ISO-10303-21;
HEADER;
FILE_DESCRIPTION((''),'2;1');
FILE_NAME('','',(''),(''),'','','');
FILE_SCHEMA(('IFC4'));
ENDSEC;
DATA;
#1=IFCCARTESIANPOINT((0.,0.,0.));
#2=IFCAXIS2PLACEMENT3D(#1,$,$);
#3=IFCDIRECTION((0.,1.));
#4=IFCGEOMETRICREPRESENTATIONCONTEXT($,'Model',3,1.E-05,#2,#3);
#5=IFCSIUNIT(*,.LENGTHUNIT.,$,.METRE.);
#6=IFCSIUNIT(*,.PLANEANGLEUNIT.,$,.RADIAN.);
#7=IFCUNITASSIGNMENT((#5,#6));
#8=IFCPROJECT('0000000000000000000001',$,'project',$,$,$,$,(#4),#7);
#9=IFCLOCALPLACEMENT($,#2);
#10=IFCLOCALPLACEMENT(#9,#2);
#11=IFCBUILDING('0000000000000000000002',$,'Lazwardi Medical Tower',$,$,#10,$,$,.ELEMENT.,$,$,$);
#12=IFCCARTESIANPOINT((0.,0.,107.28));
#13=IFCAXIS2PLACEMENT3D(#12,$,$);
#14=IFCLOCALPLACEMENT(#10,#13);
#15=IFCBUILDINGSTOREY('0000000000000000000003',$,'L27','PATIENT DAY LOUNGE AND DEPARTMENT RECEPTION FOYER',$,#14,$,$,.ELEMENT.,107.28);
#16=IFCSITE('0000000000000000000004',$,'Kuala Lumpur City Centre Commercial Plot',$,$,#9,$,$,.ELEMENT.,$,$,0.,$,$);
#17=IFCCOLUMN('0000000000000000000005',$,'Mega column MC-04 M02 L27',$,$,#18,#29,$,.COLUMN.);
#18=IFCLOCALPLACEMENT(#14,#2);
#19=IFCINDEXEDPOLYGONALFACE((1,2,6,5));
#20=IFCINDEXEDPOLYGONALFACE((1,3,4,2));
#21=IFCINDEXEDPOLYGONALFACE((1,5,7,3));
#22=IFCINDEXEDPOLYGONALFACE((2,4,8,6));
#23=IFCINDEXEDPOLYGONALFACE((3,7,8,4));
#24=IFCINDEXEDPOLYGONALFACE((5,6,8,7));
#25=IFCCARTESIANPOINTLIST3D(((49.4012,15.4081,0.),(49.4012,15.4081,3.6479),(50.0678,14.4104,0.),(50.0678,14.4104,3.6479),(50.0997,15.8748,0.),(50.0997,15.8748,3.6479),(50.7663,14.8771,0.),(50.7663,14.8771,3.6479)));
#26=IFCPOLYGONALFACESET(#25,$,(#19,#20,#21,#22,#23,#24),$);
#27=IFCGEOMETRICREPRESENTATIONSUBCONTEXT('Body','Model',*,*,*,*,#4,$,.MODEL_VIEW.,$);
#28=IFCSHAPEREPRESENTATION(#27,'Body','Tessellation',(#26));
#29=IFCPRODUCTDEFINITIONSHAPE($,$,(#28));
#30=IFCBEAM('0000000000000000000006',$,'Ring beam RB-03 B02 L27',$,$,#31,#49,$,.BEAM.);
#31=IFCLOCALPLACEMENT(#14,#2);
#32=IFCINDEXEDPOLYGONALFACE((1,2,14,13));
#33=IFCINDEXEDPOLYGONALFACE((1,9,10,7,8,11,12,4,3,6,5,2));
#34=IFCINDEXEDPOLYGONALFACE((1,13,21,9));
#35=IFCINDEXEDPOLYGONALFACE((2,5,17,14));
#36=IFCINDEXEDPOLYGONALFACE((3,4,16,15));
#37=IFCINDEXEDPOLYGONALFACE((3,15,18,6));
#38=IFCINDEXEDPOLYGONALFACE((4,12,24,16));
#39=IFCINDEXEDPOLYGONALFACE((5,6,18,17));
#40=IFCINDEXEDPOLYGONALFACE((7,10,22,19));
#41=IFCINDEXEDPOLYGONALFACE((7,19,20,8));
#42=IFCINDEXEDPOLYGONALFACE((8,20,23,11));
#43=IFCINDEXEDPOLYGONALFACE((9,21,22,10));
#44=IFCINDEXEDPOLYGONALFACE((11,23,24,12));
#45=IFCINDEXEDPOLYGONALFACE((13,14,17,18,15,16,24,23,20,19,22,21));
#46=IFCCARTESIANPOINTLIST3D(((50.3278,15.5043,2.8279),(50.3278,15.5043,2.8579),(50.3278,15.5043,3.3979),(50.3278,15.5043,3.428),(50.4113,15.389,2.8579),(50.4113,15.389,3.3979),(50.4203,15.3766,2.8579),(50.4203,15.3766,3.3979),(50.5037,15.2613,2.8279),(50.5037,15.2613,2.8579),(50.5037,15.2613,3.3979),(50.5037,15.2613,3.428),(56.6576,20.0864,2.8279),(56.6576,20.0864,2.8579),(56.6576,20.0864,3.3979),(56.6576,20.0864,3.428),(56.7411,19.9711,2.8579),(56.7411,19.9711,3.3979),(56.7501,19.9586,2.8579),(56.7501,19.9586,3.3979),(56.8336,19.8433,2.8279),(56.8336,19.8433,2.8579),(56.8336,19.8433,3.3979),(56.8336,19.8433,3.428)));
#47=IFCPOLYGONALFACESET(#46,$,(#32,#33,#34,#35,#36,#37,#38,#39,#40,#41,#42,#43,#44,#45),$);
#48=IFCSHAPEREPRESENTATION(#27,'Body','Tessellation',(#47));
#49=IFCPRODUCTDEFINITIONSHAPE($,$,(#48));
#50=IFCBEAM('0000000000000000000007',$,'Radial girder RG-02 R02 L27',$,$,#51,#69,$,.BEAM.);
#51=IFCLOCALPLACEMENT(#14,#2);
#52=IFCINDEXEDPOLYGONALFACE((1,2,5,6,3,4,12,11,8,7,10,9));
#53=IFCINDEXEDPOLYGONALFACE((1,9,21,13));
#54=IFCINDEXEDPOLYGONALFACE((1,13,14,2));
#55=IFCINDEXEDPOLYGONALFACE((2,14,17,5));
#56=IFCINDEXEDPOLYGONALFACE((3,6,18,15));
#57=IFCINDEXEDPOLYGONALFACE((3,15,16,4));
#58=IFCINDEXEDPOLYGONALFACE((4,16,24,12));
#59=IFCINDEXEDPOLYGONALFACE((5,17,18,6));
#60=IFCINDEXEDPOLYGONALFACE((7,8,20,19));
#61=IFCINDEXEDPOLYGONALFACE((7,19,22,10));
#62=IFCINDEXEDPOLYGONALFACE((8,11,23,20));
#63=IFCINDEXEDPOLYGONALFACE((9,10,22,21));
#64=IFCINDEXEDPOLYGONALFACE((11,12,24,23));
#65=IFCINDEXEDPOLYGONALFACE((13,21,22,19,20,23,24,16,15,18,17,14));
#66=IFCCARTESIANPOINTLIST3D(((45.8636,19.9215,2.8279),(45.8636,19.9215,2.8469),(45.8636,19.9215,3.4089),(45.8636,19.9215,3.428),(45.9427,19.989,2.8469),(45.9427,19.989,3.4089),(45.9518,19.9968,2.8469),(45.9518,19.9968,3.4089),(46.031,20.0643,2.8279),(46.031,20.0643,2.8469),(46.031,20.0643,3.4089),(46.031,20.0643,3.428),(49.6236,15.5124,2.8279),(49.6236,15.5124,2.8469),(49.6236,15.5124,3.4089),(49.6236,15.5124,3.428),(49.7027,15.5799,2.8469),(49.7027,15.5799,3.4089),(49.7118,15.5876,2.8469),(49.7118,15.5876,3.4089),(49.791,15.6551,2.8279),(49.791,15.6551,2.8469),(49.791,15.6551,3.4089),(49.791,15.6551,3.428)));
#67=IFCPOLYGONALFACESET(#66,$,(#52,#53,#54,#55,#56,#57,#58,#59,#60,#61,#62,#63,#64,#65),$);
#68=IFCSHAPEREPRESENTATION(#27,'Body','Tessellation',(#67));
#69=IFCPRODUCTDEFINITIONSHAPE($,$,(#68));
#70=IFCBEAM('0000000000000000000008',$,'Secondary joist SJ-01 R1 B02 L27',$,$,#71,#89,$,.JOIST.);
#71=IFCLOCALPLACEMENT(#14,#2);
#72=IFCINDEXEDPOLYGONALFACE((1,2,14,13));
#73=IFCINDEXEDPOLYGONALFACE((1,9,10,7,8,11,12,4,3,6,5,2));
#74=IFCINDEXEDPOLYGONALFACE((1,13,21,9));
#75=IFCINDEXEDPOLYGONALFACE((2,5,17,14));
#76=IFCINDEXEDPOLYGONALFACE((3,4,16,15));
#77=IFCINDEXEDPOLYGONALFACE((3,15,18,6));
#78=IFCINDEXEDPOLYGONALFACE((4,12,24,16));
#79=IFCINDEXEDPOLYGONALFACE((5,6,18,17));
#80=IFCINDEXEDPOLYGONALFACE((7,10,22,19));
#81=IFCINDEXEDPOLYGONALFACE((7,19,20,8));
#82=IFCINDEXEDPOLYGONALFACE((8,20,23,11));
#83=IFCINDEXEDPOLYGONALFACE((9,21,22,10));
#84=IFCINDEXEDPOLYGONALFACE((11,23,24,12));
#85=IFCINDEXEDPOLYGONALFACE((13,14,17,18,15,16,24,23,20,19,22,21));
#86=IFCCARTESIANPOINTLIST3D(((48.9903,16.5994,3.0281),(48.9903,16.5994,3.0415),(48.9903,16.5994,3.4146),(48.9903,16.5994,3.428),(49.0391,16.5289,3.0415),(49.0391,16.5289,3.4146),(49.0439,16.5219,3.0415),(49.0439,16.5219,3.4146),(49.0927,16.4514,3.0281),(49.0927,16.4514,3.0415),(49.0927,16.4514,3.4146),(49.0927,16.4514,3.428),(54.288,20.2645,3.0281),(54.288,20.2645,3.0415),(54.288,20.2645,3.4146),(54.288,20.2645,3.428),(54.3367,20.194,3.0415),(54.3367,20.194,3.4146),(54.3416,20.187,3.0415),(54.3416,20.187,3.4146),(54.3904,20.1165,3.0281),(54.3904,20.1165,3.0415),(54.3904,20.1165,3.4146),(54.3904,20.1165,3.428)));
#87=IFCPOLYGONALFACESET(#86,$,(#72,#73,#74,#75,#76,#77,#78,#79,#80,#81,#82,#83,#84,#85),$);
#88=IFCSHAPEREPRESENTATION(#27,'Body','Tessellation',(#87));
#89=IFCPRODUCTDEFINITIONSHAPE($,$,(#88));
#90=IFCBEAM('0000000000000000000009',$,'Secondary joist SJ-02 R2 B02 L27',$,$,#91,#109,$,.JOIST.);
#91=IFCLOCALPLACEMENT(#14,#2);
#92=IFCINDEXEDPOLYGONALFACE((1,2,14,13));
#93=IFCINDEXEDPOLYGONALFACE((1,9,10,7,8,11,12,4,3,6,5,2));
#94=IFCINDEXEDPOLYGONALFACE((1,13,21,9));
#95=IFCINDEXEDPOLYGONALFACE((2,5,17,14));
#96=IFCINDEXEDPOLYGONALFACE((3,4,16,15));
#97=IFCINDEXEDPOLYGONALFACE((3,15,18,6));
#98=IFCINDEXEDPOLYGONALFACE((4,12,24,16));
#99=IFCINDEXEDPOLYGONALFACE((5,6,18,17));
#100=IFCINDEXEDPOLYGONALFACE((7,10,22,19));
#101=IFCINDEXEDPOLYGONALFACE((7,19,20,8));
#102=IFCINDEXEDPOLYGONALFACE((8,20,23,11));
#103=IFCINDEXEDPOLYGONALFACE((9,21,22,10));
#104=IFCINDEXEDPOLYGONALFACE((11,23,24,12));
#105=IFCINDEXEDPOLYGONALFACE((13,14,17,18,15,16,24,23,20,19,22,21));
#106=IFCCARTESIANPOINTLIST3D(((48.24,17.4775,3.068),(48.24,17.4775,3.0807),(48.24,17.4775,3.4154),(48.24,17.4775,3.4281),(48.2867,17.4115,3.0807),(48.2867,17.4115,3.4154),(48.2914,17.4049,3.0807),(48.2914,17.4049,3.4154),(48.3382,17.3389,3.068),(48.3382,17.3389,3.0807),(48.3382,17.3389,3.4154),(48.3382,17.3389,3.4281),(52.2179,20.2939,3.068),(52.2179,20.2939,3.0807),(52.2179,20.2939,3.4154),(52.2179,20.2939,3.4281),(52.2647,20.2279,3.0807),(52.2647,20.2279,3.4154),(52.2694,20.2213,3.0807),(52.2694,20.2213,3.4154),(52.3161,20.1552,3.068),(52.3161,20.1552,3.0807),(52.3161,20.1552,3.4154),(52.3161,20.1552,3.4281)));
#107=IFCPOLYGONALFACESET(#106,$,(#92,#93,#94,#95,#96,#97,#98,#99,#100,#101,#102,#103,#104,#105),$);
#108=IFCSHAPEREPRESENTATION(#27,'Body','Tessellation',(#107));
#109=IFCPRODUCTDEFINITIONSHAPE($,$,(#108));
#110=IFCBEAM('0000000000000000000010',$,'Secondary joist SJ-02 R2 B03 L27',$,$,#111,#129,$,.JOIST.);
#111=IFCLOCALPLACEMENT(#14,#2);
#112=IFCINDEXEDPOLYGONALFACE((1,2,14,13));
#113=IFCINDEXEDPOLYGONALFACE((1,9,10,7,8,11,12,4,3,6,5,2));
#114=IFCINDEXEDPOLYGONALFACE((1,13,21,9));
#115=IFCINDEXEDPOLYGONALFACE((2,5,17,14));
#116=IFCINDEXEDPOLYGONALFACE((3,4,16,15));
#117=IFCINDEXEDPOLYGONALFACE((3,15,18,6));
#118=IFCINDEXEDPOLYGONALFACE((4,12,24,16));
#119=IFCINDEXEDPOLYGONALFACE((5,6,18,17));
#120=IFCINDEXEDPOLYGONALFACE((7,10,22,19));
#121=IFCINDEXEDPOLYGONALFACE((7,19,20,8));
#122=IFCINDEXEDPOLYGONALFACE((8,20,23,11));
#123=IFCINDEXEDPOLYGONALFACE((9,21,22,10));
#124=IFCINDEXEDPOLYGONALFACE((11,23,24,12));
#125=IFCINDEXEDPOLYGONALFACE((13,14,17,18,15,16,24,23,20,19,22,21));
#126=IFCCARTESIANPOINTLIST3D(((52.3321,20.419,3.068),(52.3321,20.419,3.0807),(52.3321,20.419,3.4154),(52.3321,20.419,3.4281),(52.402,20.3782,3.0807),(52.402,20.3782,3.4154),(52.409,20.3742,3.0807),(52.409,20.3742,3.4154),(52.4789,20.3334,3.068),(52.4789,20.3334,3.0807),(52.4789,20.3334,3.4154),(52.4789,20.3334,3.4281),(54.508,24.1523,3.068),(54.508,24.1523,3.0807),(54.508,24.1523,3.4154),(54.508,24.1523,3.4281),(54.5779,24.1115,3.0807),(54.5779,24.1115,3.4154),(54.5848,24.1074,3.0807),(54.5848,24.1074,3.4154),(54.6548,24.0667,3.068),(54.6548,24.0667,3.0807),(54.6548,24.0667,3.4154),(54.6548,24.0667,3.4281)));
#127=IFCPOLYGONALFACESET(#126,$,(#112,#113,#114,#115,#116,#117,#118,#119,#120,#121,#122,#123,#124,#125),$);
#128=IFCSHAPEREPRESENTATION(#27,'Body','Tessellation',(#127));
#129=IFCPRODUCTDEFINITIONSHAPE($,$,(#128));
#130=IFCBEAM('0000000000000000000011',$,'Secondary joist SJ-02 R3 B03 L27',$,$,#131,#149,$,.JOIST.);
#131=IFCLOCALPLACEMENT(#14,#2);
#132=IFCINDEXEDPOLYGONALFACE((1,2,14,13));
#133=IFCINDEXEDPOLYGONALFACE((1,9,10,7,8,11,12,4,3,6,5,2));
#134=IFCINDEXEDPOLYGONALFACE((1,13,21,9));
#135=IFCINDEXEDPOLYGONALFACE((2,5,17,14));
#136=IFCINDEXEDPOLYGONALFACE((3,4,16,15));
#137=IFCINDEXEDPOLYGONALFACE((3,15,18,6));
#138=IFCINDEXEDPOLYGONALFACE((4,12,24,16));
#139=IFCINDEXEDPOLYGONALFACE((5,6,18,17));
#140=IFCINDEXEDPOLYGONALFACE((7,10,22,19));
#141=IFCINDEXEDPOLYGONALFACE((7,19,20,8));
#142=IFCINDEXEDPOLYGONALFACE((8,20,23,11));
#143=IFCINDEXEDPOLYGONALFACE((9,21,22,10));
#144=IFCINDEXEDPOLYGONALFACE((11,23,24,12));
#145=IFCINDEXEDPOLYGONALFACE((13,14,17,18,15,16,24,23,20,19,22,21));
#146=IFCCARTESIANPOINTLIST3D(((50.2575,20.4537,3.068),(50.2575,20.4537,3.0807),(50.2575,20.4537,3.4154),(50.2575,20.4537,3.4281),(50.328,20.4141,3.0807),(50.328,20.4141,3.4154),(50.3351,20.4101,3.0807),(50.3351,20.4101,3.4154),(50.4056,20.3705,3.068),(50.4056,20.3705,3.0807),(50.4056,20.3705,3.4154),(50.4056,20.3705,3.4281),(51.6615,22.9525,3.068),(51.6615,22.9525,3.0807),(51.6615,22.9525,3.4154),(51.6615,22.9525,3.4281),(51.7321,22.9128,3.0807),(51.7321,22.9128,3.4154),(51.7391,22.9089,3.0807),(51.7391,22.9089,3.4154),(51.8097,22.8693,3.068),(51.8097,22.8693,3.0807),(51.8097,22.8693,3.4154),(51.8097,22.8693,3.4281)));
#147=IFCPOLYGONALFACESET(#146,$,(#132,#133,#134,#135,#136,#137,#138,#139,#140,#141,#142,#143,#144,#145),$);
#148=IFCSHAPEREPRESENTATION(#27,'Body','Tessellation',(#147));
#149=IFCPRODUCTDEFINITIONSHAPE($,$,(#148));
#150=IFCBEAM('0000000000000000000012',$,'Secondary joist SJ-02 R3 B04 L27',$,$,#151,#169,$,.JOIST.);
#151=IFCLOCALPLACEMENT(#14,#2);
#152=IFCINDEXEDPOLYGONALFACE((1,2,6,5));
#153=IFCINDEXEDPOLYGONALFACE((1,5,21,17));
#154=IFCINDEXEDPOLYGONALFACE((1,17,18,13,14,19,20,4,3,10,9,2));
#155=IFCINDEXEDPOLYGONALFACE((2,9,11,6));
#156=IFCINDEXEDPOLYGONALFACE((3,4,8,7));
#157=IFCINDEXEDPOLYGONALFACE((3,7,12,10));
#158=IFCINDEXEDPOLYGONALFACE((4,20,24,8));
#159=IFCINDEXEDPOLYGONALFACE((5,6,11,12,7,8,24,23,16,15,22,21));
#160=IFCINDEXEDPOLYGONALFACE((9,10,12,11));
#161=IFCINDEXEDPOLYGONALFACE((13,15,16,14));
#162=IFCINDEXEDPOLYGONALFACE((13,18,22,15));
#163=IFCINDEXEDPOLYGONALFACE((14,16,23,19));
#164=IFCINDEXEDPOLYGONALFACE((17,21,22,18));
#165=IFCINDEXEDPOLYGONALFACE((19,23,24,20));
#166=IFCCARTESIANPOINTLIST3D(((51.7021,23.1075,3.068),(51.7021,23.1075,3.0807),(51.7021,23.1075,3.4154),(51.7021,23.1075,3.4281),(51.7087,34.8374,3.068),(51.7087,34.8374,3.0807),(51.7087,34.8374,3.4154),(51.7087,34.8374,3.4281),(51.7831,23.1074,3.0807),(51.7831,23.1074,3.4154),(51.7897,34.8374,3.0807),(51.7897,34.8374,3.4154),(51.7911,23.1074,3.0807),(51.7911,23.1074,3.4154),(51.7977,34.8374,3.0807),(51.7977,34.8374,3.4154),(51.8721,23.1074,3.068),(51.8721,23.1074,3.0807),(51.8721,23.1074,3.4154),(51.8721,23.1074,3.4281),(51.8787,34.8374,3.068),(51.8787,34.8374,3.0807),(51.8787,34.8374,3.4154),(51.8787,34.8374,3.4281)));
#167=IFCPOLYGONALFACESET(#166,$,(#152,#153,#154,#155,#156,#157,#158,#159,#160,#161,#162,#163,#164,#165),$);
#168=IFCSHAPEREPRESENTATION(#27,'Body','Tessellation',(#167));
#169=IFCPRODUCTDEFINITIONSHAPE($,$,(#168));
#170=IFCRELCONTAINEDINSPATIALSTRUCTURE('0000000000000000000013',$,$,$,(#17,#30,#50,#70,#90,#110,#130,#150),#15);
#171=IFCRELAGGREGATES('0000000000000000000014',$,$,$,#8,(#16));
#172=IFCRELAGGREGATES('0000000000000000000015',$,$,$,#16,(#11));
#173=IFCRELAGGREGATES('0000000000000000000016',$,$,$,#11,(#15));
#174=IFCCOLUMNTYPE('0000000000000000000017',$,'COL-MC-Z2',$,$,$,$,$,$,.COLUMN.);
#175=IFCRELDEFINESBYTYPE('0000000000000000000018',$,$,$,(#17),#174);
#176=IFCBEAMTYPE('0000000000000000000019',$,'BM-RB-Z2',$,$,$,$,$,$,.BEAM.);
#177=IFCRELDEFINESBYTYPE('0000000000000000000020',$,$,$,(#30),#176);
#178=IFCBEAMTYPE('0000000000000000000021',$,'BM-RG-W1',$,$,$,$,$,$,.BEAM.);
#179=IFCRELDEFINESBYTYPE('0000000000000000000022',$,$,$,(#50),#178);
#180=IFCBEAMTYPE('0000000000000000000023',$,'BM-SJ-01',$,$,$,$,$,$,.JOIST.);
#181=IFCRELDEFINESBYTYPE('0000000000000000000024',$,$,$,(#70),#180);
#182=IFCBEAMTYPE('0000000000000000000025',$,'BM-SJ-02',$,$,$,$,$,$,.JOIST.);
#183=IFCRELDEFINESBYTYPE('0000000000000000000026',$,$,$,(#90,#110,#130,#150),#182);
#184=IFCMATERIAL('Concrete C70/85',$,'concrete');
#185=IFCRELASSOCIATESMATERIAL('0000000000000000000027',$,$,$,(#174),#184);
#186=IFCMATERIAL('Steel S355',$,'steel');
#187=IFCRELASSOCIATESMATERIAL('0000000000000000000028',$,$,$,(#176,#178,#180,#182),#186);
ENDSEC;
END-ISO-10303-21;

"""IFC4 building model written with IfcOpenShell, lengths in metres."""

from ifc_helpers import new_model, si_unit, direction, frame, origin, origin_2d, place, context, subcontext, project, spatial, rectangle, i_section, extrude, material, material_profile, profile_set, type_object, element, save


model = new_model("IFC4")

# Units and contexts
model_context = context("Model", 3, precision=1e-05, world=origin(), true_north=direction((0.0, 1.0)))
body_context = subcontext(model_context, "Body", "Model", "MODEL_VIEW")
ifc_project = project(units=[si_unit("LENGTHUNIT", "METRE"), si_unit("PLANEANGLEUNIT", "RADIAN")], contexts=[model_context])

# Site, building, storey
site_placement = place(None, origin())
site = spatial("IfcSite", under=ifc_project, at=site_placement, Name="Kuala Lumpur City Centre Commercial Plot", CompositionType="ELEMENT", RefElevation=0.0)
building_placement = place(site_placement, origin())
building = spatial("IfcBuilding", under=site, at=building_placement, Name="Lazwardi Medical Tower", CompositionType="ELEMENT")
storey_placement = place(building_placement, frame((0.0, 0.0, 107.28)))
storey = spatial("IfcBuildingStorey", under=building, at=storey_placement, Name="L27", Description="PATIENT DAY LOUNGE AND DEPARTMENT RECEPTION FOYER", CompositionType="ELEMENT", Elevation=107.28)

# Column
ifc_material_1 = material(Name="Concrete C70/85", Category="concrete")
ifc_material_profile_1 = material_profile(ifc_material_1, rectangle(XDim=1.2, YDim=0.8401, at=origin_2d()), Name="CFT-RECT 1200x840")
ifc_profile_set_1 = profile_set([ifc_material_profile_1], Name="Concrete C70/85")
column_type = type_object("IfcColumnType", Name="COL-MC-Z2", PredefinedType="COLUMN", material=ifc_profile_set_1)
column_placement = place(storey_placement, frame((50.0837, 15.1426, 0.0), z_axis=(0.0, 0.0, 1.0), x_axis=(0.55557, -0.83147, 0.0)))
element("IfcColumn", 1, at=column_placement, inside=storey, type_object=column_type, Name="Mega column MC-04 M02 L27", PredefinedType="COLUMN", context=body_context, shape_type="SweptSolid", body=[
    extrude(rectangle(XDim=1.2, YDim=0.8401, at=origin_2d()), origin(), (0.0, 0.0, 1.0), 3.6479),
])

# Beams
ifc_material_2 = material(Name="Steel S355", Category="steel")
ifc_material_profile_2 = material_profile(ifc_material_2, i_section(OverallWidth=0.3, OverallDepth=0.6001, WebThickness=0.0154, FlangeThickness=0.03, at=origin_2d()), Name="HEB 600")
ifc_profile_set_2 = profile_set([ifc_material_profile_2], Name="Steel S355")
beam_type_1 = type_object("IfcBeamType", Name="BM-RB-Z2", PredefinedType="BEAM", material=ifc_profile_set_2)
beam_1_placement = place(storey_placement, frame((50.4158, 15.3828, 3.1279), z_axis=(0.810042, 0.586372, 0.0), x_axis=(-0.586372, 0.810042, 0.0)))
element("IfcBeam", 2, at=beam_1_placement, inside=storey, type_object=beam_type_1, Name="Ring beam RB-03 B02 L27", PredefinedType="BEAM", context=body_context, shape_type="SweptSolid", body=[
    extrude(i_section(OverallWidth=0.3, OverallDepth=0.6001, WebThickness=0.0154, FlangeThickness=0.03, at=origin_2d()), origin(), (0.0, 0.0, 1.0), 7.8142),
])
ifc_material_profile_3 = material_profile(ifc_material_2, i_section(OverallWidth=0.22, OverallDepth=0.6001, WebThickness=0.012, FlangeThickness=0.019, at=origin_2d()), Name="IPE 600")
ifc_profile_set_3 = profile_set([ifc_material_profile_3], Name="Steel S355")
beam_type_2 = type_object("IfcBeamType", Name="BM-RG-W1", PredefinedType="BEAM", material=ifc_profile_set_3)
beam_2_placement = place(storey_placement, frame((49.7073, 15.5837, 3.1279), z_axis=(-0.648871, 0.760899, 0.0), x_axis=(-0.760899, -0.648871, 0.0)))
element("IfcBeam", 3, at=beam_2_placement, inside=storey, type_object=beam_type_2, Name="Radial girder RG-02 R02 L27", PredefinedType="BEAM", context=body_context, shape_type="SweptSolid", body=[
    extrude(i_section(OverallWidth=0.22, OverallDepth=0.6001, WebThickness=0.012, FlangeThickness=0.019, at=origin_2d()), origin(), (0.0, 0.0, 1.0), 5.7947),
])
ifc_material_profile_4 = material_profile(ifc_material_2, i_section(OverallWidth=0.1799, OverallDepth=0.3999, WebThickness=0.0085, FlangeThickness=0.0134, at=origin_2d()), Name="IPE 400")
ifc_profile_set_4 = profile_set([ifc_material_profile_4], Name="Steel S355")
beam_type_3 = type_object("IfcBeamType", Name="BM-SJ-01", PredefinedType="JOIST", material=ifc_profile_set_4)
beam_3_placement = place(storey_placement, frame((49.0415, 16.5254, 3.228), z_axis=(0.822376, 0.568944, 0.0), x_axis=(-0.568944, 0.822376, 0.0)))
element("IfcBeam", 4, at=beam_3_placement, inside=storey, type_object=beam_type_3, Name="Secondary joist SJ-01 R1 B02 L27", PredefinedType="JOIST", context=body_context, shape_type="SweptSolid", body=[
    extrude(i_section(OverallWidth=0.1799, OverallDepth=0.3999, WebThickness=0.0085, FlangeThickness=0.0134, at=origin_2d()), origin(), (0.0, 0.0, 1.0), 6.4419),
])
ifc_material_profile_5 = material_profile(ifc_material_2, i_section(OverallWidth=0.1699, OverallDepth=0.3601, WebThickness=0.0081, FlangeThickness=0.0127, at=origin_2d()), Name="IPE 360")
ifc_profile_set_5 = profile_set([ifc_material_profile_5], Name="Steel S355")
beam_type_4 = type_object("IfcBeamType", Name="BM-SJ-02", PredefinedType="JOIST", material=ifc_profile_set_5)
beam_4_placement = place(storey_placement, frame((48.2891, 17.4082, 3.248), z_axis=(0.816156, 0.577831, 0.0), x_axis=(-0.577831, 0.816156, 0.0)))
element("IfcBeam", 5, at=beam_4_placement, inside=storey, type_object=beam_type_4, Name="Secondary joist SJ-02 R2 B02 L27", PredefinedType="JOIST", context=body_context, shape_type="SweptSolid", body=[
    extrude(i_section(OverallWidth=0.1699, OverallDepth=0.3601, WebThickness=0.0081, FlangeThickness=0.0127, at=origin_2d()), origin(), (0.0, 0.0, 1.0), 4.874),
])
beam_5_placement = place(storey_placement, frame((52.4055, 20.3762, 3.248), z_axis=(0.503544, 0.863969, 0.0), x_axis=(-0.863969, 0.503544, 0.0)))
element("IfcBeam", 6, at=beam_5_placement, inside=storey, type_object=beam_type_4, Name="Secondary joist SJ-02 R2 B03 L27", PredefinedType="JOIST", context=body_context, shape_type="SweptSolid", body=[
    extrude(i_section(OverallWidth=0.1699, OverallDepth=0.3601, WebThickness=0.0081, FlangeThickness=0.0127, at=origin_2d()), origin(), (0.0, 0.0, 1.0), 4.321),
])
beam_6_placement = place(storey_placement, frame((50.3315, 20.4121, 3.248), z_axis=(0.489861, 0.871801, 0.0), x_axis=(-0.871801, 0.489861, 0.0)))
element("IfcBeam", 7, at=beam_6_placement, inside=storey, type_object=beam_type_4, Name="Secondary joist SJ-02 R3 B03 L27", PredefinedType="JOIST", context=body_context, shape_type="SweptSolid", body=[
    extrude(i_section(OverallWidth=0.1699, OverallDepth=0.3601, WebThickness=0.0081, FlangeThickness=0.0127, at=origin_2d()), origin(), (0.0, 0.0, 1.0), 2.8662),
])
beam_7_placement = place(storey_placement, frame((51.7871, 23.1074, 3.248), z_axis=(0.000562, 1.0, 0.0), x_axis=(-1.0, 0.000562, 0.0)))
element("IfcBeam", 8, at=beam_7_placement, inside=storey, type_object=beam_type_4, Name="Secondary joist SJ-02 R3 B04 L27", PredefinedType="JOIST", context=body_context, shape_type="SweptSolid", body=[
    extrude(i_section(OverallWidth=0.1699, OverallDepth=0.3601, WebThickness=0.0081, FlangeThickness=0.0127, at=origin_2d()), origin(), (0.0, 0.0, 1.0), 11.73),
])

save(model, "model.ifc")
